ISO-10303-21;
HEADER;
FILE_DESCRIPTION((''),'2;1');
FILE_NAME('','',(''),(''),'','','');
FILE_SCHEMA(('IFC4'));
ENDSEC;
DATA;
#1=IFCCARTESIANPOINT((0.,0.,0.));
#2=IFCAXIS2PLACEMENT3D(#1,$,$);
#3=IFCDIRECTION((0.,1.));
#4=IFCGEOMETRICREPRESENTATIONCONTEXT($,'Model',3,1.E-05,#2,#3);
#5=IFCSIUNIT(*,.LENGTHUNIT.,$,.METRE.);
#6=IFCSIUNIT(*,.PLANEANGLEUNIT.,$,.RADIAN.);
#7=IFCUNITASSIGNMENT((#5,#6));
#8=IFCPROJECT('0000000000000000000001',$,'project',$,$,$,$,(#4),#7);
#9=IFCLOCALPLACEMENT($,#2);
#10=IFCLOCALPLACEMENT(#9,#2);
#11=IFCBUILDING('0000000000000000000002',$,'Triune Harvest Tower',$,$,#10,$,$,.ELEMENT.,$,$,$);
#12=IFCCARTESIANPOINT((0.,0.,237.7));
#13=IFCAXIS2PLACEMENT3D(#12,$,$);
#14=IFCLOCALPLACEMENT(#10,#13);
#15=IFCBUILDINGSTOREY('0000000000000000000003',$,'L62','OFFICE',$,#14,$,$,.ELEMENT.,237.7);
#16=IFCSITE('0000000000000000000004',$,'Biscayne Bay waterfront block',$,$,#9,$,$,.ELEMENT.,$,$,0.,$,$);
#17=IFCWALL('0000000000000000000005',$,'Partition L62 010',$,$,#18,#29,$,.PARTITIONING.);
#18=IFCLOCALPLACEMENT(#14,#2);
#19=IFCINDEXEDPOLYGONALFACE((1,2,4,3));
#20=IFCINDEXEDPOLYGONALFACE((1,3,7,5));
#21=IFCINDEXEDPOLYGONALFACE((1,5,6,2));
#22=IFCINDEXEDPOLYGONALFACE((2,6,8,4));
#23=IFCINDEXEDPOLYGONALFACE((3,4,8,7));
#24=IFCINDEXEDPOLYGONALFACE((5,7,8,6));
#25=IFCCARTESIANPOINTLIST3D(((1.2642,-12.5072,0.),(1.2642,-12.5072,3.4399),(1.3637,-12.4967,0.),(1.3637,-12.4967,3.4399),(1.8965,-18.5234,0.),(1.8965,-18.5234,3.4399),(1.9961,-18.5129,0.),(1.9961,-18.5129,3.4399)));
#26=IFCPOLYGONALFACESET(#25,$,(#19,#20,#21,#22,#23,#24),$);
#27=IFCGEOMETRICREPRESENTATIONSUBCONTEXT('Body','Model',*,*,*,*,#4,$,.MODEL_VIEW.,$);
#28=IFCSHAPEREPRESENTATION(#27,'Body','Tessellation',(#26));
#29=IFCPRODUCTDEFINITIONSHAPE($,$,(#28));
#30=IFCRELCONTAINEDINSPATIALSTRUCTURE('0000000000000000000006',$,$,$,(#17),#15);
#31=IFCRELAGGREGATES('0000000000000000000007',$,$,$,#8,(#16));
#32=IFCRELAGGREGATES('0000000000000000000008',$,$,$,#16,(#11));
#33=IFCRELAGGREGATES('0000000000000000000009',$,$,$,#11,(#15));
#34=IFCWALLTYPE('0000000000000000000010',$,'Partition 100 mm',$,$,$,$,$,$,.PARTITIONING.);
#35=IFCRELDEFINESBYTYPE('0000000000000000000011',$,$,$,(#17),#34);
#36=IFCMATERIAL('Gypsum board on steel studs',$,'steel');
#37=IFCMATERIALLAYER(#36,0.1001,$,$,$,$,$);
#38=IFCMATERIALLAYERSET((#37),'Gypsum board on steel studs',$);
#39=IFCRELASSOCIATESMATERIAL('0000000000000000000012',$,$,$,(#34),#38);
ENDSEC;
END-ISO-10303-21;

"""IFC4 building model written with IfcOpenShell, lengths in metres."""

from ifc_helpers import new_model, si_unit, direction, frame, frame_2d, origin, place, context, subcontext, project, spatial, rectangle, extrude, source, transform, mapped, material, layer, layer_set, type_object, element, save


model = new_model("IFC4")

# Units and contexts
model_context = context("Model", 3, precision=1e-05, world=origin(), true_north=direction((0.0, 1.0)))
body_context = subcontext(model_context, "Body", "Model", "MODEL_VIEW")
ifc_project = project(units=[si_unit("LENGTHUNIT", "METRE"), si_unit("PLANEANGLEUNIT", "RADIAN")], contexts=[model_context])

# Site, building, storey
site_placement = place(None, origin())
site = spatial("IfcSite", under=ifc_project, at=site_placement, Name="Biscayne Bay waterfront block", CompositionType="ELEMENT", RefElevation=0.0)
building_placement = place(site_placement, origin())
building = spatial("IfcBuilding", under=site, at=building_placement, Name="Triune Harvest Tower", CompositionType="ELEMENT")
storey_placement = place(building_placement, frame((0.0, 0.0, 237.7)))
storey = spatial("IfcBuildingStorey", under=building, at=storey_placement, Name="L62", Description="OFFICE", CompositionType="ELEMENT", Elevation=237.7)

# Wall
ifc_material_1 = material(Name="Gypsum board on steel studs", Category="steel")
ifc_layer_1 = layer(ifc_material_1, 0.1001)
ifc_layer_set_1 = layer_set([ifc_layer_1], Name="Gypsum board on steel studs")
wall_type_1 = type_object("IfcWallType", Name="Partition 100 mm", PredefinedType="PARTITIONING", material=ifc_layer_set_1)
shared_shape_1 = source(origin(), body_context, "Body", "SweptSolid", [
    extrude(rectangle(XDim=6.0493, YDim=0.1001, at=frame_2d((3.0247, 0.0))), origin(), (0.0, 0.0, 1.0), 3.4399),
])
wall_1_placement = place(storey_placement, frame((1.314, -12.502, 0.0), z_axis=(0.0, 0.0, 1.0), x_axis=(0.104529, -0.994522, 0.0)))
element("IfcWall", 1, at=wall_1_placement, inside=storey, type_object=wall_type_1, Name="Partition L62 010", PredefinedType="PARTITIONING", context=body_context, shape_type="MappedRepresentation", body=[
    mapped(shared_shape_1, transform((0.0, 0.0, 0.0), scale=1.0)),
])

save(model, "model.ifc")
